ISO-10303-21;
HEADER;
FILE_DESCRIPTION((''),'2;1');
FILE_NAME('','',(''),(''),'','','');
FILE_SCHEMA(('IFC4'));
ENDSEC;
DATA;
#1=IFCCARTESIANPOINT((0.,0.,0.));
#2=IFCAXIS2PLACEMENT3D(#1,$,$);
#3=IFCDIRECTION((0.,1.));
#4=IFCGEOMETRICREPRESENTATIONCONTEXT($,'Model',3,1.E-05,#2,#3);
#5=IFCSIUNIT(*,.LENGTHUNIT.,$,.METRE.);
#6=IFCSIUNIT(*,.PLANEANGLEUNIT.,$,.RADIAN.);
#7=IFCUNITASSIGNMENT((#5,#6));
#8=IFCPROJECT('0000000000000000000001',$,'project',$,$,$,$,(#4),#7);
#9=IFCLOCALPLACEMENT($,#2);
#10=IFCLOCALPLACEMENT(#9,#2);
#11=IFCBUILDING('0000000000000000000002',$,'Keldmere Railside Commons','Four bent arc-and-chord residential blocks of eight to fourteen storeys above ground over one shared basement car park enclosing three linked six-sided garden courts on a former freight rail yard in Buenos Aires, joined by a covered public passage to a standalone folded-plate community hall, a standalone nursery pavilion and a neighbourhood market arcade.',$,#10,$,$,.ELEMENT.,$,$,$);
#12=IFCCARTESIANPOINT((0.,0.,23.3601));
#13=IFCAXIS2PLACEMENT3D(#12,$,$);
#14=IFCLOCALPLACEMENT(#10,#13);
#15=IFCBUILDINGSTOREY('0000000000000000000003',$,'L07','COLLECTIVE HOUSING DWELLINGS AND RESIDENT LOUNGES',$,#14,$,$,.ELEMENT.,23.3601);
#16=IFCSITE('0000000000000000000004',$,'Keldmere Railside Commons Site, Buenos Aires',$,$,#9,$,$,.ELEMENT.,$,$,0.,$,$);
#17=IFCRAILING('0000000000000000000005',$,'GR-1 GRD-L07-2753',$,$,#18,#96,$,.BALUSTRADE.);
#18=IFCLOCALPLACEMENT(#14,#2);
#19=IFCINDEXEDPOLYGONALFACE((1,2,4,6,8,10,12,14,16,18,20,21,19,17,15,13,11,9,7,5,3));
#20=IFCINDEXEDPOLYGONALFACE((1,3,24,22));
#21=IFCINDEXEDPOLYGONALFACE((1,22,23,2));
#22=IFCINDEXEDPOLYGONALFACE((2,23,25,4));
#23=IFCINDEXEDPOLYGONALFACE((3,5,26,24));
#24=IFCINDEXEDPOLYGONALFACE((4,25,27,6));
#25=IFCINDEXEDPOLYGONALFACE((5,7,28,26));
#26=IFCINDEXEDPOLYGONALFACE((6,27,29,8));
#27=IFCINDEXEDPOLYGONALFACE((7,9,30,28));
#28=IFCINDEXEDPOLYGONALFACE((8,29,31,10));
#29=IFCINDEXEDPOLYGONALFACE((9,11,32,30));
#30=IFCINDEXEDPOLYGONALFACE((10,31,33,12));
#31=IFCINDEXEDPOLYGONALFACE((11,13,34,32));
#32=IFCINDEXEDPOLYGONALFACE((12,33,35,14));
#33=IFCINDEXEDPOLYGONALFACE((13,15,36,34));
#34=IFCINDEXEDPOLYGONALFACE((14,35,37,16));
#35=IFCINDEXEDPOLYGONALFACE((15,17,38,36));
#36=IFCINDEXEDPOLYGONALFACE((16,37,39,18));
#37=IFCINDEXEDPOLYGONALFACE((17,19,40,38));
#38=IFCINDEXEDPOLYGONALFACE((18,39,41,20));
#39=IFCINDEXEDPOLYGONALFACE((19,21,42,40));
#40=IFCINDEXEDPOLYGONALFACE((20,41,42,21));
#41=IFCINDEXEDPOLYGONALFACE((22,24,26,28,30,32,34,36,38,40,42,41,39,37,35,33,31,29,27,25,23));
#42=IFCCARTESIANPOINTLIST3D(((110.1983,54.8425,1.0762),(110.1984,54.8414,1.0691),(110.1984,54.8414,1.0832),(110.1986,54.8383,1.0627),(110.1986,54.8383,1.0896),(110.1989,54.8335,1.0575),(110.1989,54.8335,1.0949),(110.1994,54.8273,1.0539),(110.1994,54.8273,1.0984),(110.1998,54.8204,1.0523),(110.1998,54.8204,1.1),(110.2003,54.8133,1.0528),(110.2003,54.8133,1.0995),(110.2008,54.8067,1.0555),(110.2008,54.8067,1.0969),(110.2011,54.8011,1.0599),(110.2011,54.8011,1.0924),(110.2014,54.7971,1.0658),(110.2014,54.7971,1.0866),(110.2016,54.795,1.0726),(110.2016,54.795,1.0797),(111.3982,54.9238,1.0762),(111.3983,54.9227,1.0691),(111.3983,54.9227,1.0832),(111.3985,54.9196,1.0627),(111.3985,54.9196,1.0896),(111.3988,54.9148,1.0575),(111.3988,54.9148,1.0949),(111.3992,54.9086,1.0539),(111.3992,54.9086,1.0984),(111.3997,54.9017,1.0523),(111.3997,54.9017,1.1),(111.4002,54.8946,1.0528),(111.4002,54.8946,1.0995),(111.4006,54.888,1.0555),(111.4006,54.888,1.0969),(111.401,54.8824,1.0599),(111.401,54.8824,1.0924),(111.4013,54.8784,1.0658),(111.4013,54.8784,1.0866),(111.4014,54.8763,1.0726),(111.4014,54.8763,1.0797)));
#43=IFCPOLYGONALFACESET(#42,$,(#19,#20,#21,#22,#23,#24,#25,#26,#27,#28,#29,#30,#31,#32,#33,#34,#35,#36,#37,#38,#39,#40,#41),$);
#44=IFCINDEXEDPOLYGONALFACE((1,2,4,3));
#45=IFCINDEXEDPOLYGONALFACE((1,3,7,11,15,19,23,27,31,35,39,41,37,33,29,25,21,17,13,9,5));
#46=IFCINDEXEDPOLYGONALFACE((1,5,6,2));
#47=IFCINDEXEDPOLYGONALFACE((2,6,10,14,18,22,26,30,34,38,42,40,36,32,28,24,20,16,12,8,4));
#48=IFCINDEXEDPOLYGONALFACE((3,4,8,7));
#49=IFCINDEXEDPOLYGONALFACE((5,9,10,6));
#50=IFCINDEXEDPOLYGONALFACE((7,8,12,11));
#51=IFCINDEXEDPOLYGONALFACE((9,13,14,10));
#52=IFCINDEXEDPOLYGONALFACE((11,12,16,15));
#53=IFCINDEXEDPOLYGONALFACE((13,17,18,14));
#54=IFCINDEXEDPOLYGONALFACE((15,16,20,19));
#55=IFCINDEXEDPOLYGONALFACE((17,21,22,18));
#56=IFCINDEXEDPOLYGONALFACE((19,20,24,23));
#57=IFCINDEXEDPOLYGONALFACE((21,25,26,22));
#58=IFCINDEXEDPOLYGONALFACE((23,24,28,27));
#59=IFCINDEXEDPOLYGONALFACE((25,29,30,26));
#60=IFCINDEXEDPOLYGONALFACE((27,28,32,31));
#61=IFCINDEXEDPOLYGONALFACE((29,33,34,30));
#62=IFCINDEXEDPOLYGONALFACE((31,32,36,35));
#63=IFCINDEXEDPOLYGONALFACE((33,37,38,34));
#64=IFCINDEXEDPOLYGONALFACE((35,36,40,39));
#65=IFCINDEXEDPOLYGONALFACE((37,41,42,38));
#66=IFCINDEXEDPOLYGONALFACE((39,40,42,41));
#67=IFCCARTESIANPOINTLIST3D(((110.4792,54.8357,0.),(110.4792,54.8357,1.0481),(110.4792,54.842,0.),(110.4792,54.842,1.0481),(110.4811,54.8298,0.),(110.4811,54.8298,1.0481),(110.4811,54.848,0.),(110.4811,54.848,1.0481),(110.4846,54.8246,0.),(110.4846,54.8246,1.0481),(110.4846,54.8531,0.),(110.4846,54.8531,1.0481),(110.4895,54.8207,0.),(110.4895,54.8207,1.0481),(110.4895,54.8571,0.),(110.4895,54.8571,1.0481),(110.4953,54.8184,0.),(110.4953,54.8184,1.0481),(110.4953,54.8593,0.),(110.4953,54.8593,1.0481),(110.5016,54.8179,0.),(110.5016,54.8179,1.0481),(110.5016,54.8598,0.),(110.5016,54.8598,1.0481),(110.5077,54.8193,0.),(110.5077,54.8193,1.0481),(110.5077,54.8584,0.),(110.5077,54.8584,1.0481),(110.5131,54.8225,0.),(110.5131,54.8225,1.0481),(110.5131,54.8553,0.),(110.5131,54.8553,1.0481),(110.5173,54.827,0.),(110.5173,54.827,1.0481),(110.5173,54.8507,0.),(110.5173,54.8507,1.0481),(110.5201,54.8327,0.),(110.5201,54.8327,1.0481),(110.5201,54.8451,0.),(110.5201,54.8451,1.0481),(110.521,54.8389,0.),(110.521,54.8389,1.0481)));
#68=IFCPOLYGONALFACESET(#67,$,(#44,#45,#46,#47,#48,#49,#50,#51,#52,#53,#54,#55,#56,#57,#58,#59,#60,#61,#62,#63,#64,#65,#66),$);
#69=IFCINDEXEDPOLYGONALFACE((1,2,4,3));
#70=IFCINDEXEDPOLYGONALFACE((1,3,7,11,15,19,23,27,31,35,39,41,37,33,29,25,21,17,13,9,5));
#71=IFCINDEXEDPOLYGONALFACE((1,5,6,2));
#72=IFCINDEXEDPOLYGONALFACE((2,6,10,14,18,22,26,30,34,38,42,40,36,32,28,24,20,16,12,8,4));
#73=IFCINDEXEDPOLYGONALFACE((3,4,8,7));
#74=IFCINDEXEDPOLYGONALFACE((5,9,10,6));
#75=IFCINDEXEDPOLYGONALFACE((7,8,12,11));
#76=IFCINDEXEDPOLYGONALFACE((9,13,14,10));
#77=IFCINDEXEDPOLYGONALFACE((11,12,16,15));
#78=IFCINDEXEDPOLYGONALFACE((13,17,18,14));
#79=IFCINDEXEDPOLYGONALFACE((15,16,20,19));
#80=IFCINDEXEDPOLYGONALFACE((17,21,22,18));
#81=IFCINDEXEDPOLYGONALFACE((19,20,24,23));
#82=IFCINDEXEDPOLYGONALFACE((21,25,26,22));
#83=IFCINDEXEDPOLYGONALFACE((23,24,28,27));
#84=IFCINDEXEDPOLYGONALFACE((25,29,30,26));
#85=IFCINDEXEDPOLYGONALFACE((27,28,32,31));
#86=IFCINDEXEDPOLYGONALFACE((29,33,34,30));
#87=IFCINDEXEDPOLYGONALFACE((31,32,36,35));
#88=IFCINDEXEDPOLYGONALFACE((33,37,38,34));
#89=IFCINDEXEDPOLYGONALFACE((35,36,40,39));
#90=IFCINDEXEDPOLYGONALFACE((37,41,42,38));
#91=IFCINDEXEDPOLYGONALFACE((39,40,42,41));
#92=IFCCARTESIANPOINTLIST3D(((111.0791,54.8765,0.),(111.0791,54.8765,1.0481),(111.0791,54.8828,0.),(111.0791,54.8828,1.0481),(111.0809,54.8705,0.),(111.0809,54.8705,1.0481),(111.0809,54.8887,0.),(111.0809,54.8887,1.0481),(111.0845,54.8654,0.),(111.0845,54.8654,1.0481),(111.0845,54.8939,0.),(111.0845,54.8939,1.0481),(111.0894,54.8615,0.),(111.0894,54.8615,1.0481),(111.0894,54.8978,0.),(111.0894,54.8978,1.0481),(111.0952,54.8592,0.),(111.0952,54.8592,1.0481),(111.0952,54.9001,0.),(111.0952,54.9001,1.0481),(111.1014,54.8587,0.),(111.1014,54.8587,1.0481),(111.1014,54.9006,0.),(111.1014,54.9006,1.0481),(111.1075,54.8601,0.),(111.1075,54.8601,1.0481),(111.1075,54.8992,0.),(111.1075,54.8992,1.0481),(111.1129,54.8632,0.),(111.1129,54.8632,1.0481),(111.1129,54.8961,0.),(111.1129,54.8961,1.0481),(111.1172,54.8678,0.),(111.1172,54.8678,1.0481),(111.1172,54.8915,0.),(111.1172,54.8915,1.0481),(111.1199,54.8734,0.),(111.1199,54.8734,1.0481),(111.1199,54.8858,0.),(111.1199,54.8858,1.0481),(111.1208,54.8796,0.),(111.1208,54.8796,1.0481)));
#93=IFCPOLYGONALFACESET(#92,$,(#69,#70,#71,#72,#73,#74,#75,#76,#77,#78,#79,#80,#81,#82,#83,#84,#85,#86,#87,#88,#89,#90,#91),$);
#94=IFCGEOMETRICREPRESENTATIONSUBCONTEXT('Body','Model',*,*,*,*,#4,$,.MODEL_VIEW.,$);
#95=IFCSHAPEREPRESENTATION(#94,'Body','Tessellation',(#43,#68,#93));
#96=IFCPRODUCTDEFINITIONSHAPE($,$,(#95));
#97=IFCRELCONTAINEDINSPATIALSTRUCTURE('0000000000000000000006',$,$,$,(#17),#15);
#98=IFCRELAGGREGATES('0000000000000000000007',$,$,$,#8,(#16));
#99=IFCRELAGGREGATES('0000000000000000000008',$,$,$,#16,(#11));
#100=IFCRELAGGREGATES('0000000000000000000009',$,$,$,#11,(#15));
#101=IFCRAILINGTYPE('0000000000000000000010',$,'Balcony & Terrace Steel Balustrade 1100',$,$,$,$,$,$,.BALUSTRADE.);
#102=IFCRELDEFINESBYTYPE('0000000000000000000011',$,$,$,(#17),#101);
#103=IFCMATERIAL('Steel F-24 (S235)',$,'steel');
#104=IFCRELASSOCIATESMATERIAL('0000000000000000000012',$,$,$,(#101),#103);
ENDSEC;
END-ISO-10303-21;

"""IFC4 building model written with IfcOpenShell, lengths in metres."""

from ifc_helpers import new_model, si_unit, direction, frame, origin, origin_2d, place, context, subcontext, project, spatial, circle, extrude, material, type_object, element, save


model = new_model("IFC4")

# Units and contexts
model_context = context("Model", 3, precision=1e-05, world=origin(), true_north=direction((0.0, 1.0)))
body_context = subcontext(model_context, "Body", "Model", "MODEL_VIEW")
ifc_project = project(units=[si_unit("LENGTHUNIT", "METRE"), si_unit("PLANEANGLEUNIT", "RADIAN")], contexts=[model_context])

# Site, building, storey
site_placement = place(None, origin())
site = spatial("IfcSite", under=ifc_project, at=site_placement, Name="Keldmere Railside Commons Site, Buenos Aires", CompositionType="ELEMENT", RefElevation=0.0)
building_placement = place(site_placement, origin())
building = spatial("IfcBuilding", under=site, at=building_placement, Name="Keldmere Railside Commons", Description="Four bent arc-and-chord residential blocks of eight to fourteen storeys above ground over one shared basement car park enclosing three linked six-sided garden courts on a former freight rail yard in Buenos Aires, joined by a covered public passage to a standalone folded-plate community hall, a standalone nursery pavilion and a neighbourhood market arcade.", CompositionType="ELEMENT")
storey_placement = place(building_placement, frame((0.0, 0.0, 23.3601)))
storey = spatial("IfcBuildingStorey", under=building, at=storey_placement, Name="L07", Description="COLLECTIVE HOUSING DWELLINGS AND RESIDENT LOUNGES", CompositionType="ELEMENT", Elevation=23.3601)

# Railing
ifc_material_1 = material(Name="Steel F-24 (S235)", Category="steel")
railing_type = type_object("IfcRailingType", Name="Balcony & Terrace Steel Balustrade 1100", PredefinedType="BALUSTRADE", material=ifc_material_1)
railing_1_placement = place(storey_placement, frame((110.2, 54.8186, 0.0)))
element("IfcRailing", 1, at=railing_1_placement, inside=storey, type_object=railing_type, Name="GR-1 GRD-L07-2753", PredefinedType="BALUSTRADE", context=body_context, shape_type="SweptSolid", body=[
    extrude(circle(Radius=0.0239, at=origin_2d()), frame((0.0, 0.0, 1.0762), z_axis=(0.997713, 0.067597, 0.0), x_axis=(-0.067597, 0.997713, 0.0)), (0.0, 0.0, 1.0), 1.2026),
    extrude(circle(Radius=0.021, at=origin_2d()), frame((0.3, 0.0203, 0.0)), (0.0, 0.0, 1.0), 1.0481),
    extrude(circle(Radius=0.021, at=origin_2d()), frame((0.8999, 0.061, 0.0)), (0.0, 0.0, 1.0), 1.0481),
])

save(model, "model.ifc")
